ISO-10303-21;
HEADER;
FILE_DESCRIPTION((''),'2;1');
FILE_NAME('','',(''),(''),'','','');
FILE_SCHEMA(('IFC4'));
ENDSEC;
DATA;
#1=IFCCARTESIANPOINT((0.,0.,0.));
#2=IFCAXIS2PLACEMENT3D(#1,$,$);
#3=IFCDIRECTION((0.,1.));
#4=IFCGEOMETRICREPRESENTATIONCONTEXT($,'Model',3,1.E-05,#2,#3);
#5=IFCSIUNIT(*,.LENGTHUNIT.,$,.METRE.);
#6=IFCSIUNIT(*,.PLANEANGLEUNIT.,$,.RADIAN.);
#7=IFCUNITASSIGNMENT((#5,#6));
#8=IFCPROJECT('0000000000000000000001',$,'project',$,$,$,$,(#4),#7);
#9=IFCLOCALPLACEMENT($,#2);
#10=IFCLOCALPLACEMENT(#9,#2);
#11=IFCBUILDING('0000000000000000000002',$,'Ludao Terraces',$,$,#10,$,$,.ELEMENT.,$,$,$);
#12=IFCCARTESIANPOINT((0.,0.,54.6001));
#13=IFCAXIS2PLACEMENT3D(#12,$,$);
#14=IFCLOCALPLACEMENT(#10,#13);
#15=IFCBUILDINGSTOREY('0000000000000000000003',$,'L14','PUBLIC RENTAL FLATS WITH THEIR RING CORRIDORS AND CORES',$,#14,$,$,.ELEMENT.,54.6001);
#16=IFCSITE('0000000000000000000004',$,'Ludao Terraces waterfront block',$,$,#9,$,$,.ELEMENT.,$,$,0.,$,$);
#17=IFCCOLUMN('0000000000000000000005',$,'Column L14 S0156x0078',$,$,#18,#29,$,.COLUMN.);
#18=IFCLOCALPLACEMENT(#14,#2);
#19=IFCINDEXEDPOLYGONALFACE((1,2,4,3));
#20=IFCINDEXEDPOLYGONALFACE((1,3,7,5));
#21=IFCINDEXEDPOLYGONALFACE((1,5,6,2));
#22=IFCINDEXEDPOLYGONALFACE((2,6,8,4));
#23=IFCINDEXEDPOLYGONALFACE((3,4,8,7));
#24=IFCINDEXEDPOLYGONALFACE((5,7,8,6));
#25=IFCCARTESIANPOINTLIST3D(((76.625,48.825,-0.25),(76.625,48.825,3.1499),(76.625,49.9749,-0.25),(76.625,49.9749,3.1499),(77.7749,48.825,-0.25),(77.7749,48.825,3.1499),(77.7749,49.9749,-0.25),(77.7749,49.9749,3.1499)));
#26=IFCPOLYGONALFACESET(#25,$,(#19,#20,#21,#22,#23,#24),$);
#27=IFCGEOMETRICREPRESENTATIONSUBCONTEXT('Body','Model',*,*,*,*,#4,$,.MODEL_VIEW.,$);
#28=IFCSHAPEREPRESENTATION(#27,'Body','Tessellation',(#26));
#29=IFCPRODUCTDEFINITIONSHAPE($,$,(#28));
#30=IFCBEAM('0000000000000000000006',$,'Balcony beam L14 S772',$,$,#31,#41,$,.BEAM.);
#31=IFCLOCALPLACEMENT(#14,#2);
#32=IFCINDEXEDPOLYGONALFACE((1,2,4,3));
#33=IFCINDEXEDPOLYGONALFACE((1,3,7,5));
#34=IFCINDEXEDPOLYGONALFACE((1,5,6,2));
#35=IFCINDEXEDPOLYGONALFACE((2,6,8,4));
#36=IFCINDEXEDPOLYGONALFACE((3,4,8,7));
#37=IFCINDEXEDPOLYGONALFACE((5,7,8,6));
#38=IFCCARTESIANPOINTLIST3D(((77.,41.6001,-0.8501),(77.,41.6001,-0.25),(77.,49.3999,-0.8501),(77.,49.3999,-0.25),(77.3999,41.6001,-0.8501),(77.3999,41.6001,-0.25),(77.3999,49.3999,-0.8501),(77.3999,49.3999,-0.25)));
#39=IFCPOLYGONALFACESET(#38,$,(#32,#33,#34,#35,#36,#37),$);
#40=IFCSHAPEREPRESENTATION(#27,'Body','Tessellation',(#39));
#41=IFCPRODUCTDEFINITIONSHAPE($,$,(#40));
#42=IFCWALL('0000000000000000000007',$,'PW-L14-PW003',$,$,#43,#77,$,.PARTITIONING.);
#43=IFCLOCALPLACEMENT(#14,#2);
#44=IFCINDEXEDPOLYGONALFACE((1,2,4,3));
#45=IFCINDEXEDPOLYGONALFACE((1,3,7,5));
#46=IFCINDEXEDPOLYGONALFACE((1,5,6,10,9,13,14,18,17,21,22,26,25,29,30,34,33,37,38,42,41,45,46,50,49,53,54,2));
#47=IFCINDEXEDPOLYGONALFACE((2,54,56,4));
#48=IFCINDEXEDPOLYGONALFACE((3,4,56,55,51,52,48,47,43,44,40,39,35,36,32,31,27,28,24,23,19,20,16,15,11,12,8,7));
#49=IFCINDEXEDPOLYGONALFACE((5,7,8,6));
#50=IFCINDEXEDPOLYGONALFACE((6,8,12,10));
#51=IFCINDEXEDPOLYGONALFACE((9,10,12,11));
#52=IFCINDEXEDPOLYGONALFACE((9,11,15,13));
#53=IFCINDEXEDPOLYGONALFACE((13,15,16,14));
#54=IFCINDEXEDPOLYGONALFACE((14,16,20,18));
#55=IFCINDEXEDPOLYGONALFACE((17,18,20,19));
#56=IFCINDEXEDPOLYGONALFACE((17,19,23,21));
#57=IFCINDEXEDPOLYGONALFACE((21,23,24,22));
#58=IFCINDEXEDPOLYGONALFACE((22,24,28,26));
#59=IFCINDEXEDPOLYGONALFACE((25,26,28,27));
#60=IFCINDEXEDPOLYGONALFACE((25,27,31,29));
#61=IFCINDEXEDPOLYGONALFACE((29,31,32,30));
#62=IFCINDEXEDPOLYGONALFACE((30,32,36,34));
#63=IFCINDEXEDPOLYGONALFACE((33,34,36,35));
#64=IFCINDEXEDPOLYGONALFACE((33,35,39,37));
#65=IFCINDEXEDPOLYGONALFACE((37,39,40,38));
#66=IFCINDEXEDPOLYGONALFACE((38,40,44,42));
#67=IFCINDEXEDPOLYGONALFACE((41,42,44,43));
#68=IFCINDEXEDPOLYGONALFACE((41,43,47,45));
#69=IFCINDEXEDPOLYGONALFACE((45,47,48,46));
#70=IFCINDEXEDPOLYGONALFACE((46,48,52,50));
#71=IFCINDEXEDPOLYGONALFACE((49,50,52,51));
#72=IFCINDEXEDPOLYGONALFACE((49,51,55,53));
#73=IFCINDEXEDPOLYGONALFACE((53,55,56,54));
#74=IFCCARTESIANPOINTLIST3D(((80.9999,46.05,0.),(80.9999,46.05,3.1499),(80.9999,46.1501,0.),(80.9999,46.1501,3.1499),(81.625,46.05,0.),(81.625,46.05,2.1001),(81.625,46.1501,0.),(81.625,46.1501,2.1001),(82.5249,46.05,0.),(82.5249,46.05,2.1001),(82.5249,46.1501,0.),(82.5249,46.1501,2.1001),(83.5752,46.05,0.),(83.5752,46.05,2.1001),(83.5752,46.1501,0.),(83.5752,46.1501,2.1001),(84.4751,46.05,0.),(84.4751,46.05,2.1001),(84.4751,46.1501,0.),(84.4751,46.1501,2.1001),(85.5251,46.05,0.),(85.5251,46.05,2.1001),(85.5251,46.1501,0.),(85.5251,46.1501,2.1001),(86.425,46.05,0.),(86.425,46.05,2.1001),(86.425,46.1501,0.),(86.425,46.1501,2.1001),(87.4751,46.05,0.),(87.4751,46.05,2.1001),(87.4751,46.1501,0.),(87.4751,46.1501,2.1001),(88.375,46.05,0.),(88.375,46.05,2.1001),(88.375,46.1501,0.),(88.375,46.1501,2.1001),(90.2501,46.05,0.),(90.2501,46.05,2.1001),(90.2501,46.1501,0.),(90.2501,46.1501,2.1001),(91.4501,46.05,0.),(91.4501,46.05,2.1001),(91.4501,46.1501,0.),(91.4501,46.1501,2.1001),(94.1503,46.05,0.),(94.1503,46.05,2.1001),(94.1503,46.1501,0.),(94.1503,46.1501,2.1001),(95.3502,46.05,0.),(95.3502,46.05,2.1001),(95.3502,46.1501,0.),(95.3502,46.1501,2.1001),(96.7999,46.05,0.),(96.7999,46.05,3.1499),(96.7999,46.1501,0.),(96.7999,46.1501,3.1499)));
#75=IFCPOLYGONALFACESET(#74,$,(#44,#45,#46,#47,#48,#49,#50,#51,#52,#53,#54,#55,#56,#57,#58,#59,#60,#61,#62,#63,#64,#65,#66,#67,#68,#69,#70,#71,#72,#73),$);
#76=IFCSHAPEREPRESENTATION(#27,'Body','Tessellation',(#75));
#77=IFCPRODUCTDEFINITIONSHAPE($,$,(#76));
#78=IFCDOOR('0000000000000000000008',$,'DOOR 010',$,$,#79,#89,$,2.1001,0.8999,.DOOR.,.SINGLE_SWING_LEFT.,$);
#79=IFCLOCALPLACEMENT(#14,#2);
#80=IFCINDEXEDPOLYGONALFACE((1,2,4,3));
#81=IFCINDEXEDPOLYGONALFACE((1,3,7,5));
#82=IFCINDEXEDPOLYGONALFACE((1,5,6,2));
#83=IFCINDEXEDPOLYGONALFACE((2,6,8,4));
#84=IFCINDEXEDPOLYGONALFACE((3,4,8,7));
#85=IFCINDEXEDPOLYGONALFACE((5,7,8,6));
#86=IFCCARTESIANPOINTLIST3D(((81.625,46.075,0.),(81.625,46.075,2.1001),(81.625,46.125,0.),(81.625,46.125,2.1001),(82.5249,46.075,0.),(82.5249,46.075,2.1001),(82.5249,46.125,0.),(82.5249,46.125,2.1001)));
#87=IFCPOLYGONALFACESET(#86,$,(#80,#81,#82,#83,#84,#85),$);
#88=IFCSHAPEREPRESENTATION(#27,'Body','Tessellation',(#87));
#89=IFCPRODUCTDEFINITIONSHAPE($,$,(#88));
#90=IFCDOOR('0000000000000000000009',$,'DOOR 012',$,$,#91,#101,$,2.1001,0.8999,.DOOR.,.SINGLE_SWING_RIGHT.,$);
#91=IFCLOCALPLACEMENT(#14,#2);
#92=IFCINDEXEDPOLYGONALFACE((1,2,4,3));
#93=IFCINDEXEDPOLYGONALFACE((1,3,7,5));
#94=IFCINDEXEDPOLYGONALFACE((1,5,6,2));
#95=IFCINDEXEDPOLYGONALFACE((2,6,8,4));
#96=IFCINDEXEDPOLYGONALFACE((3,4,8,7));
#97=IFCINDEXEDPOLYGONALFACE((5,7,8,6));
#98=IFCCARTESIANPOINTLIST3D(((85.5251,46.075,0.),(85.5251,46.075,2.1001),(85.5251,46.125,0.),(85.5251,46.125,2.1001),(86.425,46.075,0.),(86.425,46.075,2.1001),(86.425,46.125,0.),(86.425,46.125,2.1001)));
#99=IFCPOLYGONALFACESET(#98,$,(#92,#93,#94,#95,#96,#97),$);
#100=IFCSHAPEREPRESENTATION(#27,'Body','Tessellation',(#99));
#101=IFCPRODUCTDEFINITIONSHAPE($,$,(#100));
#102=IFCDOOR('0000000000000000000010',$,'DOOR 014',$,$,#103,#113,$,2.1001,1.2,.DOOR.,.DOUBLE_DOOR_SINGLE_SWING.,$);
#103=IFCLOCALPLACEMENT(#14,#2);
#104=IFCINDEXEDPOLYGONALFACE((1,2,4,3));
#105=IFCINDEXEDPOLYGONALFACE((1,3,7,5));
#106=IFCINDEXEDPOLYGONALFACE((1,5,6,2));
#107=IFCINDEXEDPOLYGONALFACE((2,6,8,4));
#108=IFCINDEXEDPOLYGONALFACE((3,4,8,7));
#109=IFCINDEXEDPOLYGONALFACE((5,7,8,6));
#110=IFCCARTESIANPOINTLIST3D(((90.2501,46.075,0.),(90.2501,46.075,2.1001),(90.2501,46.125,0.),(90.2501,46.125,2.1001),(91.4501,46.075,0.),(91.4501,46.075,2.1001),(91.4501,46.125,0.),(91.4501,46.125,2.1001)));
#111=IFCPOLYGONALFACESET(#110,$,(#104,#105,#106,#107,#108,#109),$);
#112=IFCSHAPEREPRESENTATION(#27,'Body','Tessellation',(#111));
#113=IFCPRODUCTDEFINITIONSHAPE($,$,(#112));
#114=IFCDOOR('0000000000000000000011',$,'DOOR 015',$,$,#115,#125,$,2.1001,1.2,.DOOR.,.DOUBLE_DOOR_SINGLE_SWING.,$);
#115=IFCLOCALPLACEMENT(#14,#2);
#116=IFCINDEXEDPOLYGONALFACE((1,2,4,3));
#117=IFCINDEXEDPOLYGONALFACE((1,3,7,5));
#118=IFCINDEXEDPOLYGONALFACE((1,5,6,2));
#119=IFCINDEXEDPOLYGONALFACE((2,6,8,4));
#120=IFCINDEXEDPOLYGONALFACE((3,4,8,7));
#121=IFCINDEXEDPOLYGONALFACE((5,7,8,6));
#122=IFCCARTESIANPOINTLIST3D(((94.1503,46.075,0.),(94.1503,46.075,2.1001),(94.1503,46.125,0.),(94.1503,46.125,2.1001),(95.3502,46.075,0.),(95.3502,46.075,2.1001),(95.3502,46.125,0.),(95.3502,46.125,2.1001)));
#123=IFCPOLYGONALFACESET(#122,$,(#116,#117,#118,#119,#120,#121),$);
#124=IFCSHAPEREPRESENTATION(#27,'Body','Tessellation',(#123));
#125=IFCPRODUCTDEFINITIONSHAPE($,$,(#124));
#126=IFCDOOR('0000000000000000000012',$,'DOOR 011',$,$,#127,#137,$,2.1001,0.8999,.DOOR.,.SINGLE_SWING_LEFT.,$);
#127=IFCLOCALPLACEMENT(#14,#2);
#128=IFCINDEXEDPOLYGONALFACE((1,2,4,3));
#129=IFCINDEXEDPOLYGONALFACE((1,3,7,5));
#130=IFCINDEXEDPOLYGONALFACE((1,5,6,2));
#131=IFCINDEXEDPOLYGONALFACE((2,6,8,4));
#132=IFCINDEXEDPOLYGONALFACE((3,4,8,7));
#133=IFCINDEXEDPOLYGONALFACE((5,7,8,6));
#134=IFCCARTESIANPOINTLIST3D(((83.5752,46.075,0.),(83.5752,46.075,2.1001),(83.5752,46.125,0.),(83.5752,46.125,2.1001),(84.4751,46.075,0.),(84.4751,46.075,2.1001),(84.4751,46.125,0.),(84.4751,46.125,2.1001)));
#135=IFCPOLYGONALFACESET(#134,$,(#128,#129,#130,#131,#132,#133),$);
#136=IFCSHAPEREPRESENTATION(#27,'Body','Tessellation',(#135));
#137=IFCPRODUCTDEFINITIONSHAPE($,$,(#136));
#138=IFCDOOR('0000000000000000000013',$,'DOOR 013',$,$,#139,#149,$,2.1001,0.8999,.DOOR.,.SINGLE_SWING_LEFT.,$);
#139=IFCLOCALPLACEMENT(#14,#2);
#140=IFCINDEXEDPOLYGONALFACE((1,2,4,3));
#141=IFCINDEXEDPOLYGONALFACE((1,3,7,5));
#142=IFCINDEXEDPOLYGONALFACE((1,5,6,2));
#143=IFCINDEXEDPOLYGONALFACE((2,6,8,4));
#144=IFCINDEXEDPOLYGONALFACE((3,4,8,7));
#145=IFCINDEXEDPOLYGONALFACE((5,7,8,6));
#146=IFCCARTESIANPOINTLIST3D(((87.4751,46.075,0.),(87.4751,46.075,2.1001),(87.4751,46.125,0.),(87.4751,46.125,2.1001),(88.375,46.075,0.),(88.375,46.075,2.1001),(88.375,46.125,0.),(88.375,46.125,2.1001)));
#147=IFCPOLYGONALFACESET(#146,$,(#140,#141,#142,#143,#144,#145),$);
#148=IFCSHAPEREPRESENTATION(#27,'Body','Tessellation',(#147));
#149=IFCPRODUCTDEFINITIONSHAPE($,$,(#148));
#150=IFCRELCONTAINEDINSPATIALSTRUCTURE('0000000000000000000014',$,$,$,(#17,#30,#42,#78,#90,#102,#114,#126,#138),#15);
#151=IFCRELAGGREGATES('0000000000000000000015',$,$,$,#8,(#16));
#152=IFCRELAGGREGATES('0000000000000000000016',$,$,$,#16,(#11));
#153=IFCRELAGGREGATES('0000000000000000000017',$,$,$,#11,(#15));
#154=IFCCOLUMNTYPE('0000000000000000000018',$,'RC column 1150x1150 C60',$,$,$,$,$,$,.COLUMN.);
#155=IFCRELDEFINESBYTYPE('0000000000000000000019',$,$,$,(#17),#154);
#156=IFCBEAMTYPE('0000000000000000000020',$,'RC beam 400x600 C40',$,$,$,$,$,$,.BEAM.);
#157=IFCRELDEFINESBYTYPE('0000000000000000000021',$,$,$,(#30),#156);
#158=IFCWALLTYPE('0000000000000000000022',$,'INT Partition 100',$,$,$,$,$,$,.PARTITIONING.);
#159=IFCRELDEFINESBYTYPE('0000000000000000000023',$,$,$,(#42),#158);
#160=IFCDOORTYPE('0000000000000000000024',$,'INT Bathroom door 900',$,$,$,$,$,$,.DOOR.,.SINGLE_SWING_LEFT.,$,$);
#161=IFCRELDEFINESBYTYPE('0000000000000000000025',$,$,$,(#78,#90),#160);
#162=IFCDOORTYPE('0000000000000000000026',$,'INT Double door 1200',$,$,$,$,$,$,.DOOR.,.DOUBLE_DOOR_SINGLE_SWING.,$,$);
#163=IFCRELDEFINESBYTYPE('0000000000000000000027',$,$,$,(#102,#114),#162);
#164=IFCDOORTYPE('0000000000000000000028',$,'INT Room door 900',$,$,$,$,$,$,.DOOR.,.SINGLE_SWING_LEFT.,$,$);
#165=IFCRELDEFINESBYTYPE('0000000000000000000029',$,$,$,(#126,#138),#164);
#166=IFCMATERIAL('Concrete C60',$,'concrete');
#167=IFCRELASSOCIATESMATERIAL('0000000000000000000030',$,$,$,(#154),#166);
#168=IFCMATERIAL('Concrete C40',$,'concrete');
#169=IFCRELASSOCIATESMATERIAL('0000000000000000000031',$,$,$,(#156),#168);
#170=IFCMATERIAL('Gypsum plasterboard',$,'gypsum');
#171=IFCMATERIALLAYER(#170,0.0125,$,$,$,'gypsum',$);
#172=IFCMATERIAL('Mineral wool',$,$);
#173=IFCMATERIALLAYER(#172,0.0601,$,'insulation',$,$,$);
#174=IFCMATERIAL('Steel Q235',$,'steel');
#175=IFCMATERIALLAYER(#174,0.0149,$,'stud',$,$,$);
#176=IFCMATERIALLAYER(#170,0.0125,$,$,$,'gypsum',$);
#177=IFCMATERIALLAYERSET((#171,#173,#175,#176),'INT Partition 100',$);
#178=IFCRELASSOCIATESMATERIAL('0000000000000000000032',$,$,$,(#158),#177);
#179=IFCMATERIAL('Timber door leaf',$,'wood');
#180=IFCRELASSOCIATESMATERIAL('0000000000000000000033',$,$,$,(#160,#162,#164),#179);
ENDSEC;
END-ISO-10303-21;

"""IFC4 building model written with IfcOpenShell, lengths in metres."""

from ifc_helpers import new_model, si_unit, direction, frame, frame_2d, origin, origin_2d, place, context, subcontext, project, spatial, rectangle, extrude, material, layer, layer_set, material_profile, profile_set, type_object, element, fill, save


model = new_model("IFC4")

# Units and contexts
model_context = context("Model", 3, precision=1e-05, world=origin(), true_north=direction((0.0, 1.0)))
body_context = subcontext(model_context, "Body", "Model", "MODEL_VIEW")
ifc_project = project(units=[si_unit("LENGTHUNIT", "METRE"), si_unit("PLANEANGLEUNIT", "RADIAN")], contexts=[model_context])

# Site, building, storey
site_placement = place(None, origin())
site = spatial("IfcSite", under=ifc_project, at=site_placement, Name="Ludao Terraces waterfront block", CompositionType="ELEMENT", RefElevation=0.0)
building_placement = place(site_placement, origin())
building = spatial("IfcBuilding", under=site, at=building_placement, Name="Ludao Terraces", CompositionType="ELEMENT")
storey_placement = place(building_placement, frame((0.0, 0.0, 54.6001)))
storey = spatial("IfcBuildingStorey", under=building, at=storey_placement, Name="L14", Description="PUBLIC RENTAL FLATS WITH THEIR RING CORRIDORS AND CORES", CompositionType="ELEMENT", Elevation=54.6001)

# Column
ifc_material_1 = material(Name="Concrete C60", Category="concrete")
ifc_material_profile_1 = material_profile(ifc_material_1, rectangle(XDim=1.1499, YDim=1.1499, at=origin_2d()), Name="1150 X 1150")
ifc_profile_set_1 = profile_set([ifc_material_profile_1], Name="Concrete C60")
column_type = type_object("IfcColumnType", Name="RC column 1150x1150 C60", PredefinedType="COLUMN", material=ifc_profile_set_1)
column_placement = place(storey_placement, frame((77.2, 49.3999, -0.25), z_axis=(0.0, 0.0, 1.0), x_axis=(1.0, 0.0, 0.0)))
element("IfcColumn", 1, at=column_placement, inside=storey, type_object=column_type, Name="Column L14 S0156x0078", PredefinedType="COLUMN", context=body_context, shape_type="SweptSolid", body=[
    extrude(rectangle(XDim=1.1499, YDim=1.1499, at=origin_2d()), origin(), (0.0, 0.0, 1.0), 3.3999),
])

# Beam
ifc_material_2 = material(Name="Concrete C40", Category="concrete")
ifc_material_profile_2 = material_profile(ifc_material_2, rectangle(XDim=0.3999, YDim=0.6001, at=origin_2d()), Name="400 X 600")
ifc_profile_set_2 = profile_set([ifc_material_profile_2], Name="Concrete C40")
beam_type = type_object("IfcBeamType", Name="RC beam 400x600 C40", PredefinedType="BEAM", material=ifc_profile_set_2)
beam_placement = place(storey_placement, frame((77.2, 49.3999, -0.55), z_axis=(0.0, -1.0, 0.0), x_axis=(1.0, 0.0, 0.0)))
element("IfcBeam", 2, at=beam_placement, inside=storey, type_object=beam_type, Name="Balcony beam L14 S772", PredefinedType="BEAM", context=body_context, shape_type="SweptSolid", body=[
    extrude(rectangle(XDim=0.3999, YDim=0.6001, at=origin_2d()), origin(), (0.0, 0.0, 1.0), 7.7998),
])

# Wall, openings, doors
ifc_material_3 = material(Name="Gypsum plasterboard", Category="gypsum")
ifc_layer_1 = layer(ifc_material_3, 0.0125, Category="gypsum")
ifc_material_4 = material(Name="Mineral wool")
ifc_layer_2 = layer(ifc_material_4, 0.0601, Name="insulation")
ifc_material_5 = material(Name="Steel Q235", Category="steel")
ifc_layer_3 = layer(ifc_material_5, 0.0149, Name="stud")
ifc_layer_4 = layer(ifc_material_3, 0.0125, Category="gypsum")
ifc_layer_set = layer_set([ifc_layer_1, ifc_layer_2, ifc_layer_3, ifc_layer_4], Name="INT Partition 100")
wall_type = type_object("IfcWallType", Name="INT Partition 100", PredefinedType="PARTITIONING", material=ifc_layer_set)
wall_placement = place(storey_placement, frame((81.0, 46.1001, 0.0), z_axis=(0.0, 0.0, 1.0), x_axis=(1.0, 0.0, 0.0)))
wall = element("IfcWall", 3, at=wall_placement, inside=storey, type_object=wall_type, Name="PW-L14-PW003", PredefinedType="PARTITIONING", context=body_context, shape_type="SweptSolid", body=[
    extrude(rectangle(XDim=15.8, YDim=0.1001, at=frame_2d((7.8999, 0.0))), origin(), (0.0, 0.0, 1.0), 3.1499),
])
opening_1_placement = place(wall_placement, frame((0.625, 0.0, 0.0)))
opening_1 = element("IfcOpeningElement", 4, at=opening_1_placement, cuts=wall, PredefinedType="OPENING", context=body_context, shape_type="SweptSolid", body=[
    extrude(rectangle(XDim=0.8999, YDim=2.1001, at=frame_2d((0.45, 1.05))), frame((0.0, 0.0601, 0.0), z_axis=(0.0, -1.0, 0.0), x_axis=(1.0, 0.0, 0.0)), (0.0, 0.0, 1.0), 0.1201),
])
opening_2_placement = place(wall_placement, frame((2.5752, 0.0, 0.0)))
opening_2 = element("IfcOpeningElement", 5, at=opening_2_placement, cuts=wall, PredefinedType="OPENING", context=body_context, shape_type="SweptSolid", body=[
    extrude(rectangle(XDim=0.8999, YDim=2.1001, at=frame_2d((0.45, 1.05))), frame((0.0, 0.0601, 0.0), z_axis=(0.0, -1.0, 0.0), x_axis=(1.0, 0.0, 0.0)), (0.0, 0.0, 1.0), 0.1201),
])
opening_3_placement = place(wall_placement, frame((4.5251, 0.0, 0.0)))
opening_3 = element("IfcOpeningElement", 6, at=opening_3_placement, cuts=wall, PredefinedType="OPENING", context=body_context, shape_type="SweptSolid", body=[
    extrude(rectangle(XDim=0.8999, YDim=2.1001, at=frame_2d((0.45, 1.05))), frame((0.0, 0.0601, 0.0), z_axis=(0.0, -1.0, 0.0), x_axis=(1.0, 0.0, 0.0)), (0.0, 0.0, 1.0), 0.1201),
])
opening_4_placement = place(wall_placement, frame((6.4751, 0.0, 0.0)))
opening_4 = element("IfcOpeningElement", 7, at=opening_4_placement, cuts=wall, PredefinedType="OPENING", context=body_context, shape_type="SweptSolid", body=[
    extrude(rectangle(XDim=0.8999, YDim=2.1001, at=frame_2d((0.45, 1.05))), frame((0.0, 0.0601, 0.0), z_axis=(0.0, -1.0, 0.0), x_axis=(1.0, 0.0, 0.0)), (0.0, 0.0, 1.0), 0.1201),
])
opening_5_placement = place(wall_placement, frame((9.25, 0.0, 0.0)))
opening_5 = element("IfcOpeningElement", 8, at=opening_5_placement, cuts=wall, PredefinedType="OPENING", context=body_context, shape_type="SweptSolid", body=[
    extrude(rectangle(XDim=1.2, YDim=2.1001, at=frame_2d((0.6001, 1.05))), frame((0.0, 0.0601, 0.0), z_axis=(0.0, -1.0, 0.0), x_axis=(1.0, 0.0, 0.0)), (0.0, 0.0, 1.0), 0.1201),
])
opening_6_placement = place(wall_placement, frame((13.1501, 0.0, 0.0)))
opening_6 = element("IfcOpeningElement", 9, at=opening_6_placement, cuts=wall, PredefinedType="OPENING", context=body_context, shape_type="SweptSolid", body=[
    extrude(rectangle(XDim=1.2, YDim=2.1001, at=frame_2d((0.6001, 1.05))), frame((0.0, 0.0601, 0.0), z_axis=(0.0, -1.0, 0.0), x_axis=(1.0, 0.0, 0.0)), (0.0, 0.0, 1.0), 0.1201),
])
ifc_material_6 = material(Name="Timber door leaf", Category="wood")
door_type_1 = type_object("IfcDoorType", Name="INT Bathroom door 900", OperationType="SINGLE_SWING_LEFT", PredefinedType="DOOR", material=ifc_material_6)
door_1_placement = place(opening_1_placement, origin())
door_1 = element("IfcDoor", 10, at=door_1_placement, inside=storey, type_object=door_type_1, Name="DOOR 010", OperationType="SINGLE_SWING_LEFT", OverallHeight=2.1001, OverallWidth=0.8999, PredefinedType="DOOR", context=body_context, shape_type="SweptSolid", body=[
    extrude(rectangle(XDim=0.8999, YDim=2.1001, at=frame_2d((0.45, 1.05))), frame((0.0, 0.0249, 0.0), z_axis=(0.0, -1.0, 0.0), x_axis=(1.0, 0.0, 0.0)), (0.0, 0.0, 1.0), 0.05),
])
fill(opening_1, door_1)
door_2_placement = place(opening_3_placement, origin())
door_2 = element("IfcDoor", 11, at=door_2_placement, inside=storey, type_object=door_type_1, Name="DOOR 012", OperationType="SINGLE_SWING_RIGHT", OverallHeight=2.1001, OverallWidth=0.8999, PredefinedType="DOOR", context=body_context, shape_type="SweptSolid", body=[
    extrude(rectangle(XDim=0.8999, YDim=2.1001, at=frame_2d((0.45, 1.05))), frame((0.0, 0.0249, 0.0), z_axis=(0.0, -1.0, 0.0), x_axis=(1.0, 0.0, 0.0)), (0.0, 0.0, 1.0), 0.05),
])
fill(opening_3, door_2)
door_type_2 = type_object("IfcDoorType", Name="INT Double door 1200", OperationType="DOUBLE_DOOR_SINGLE_SWING", PredefinedType="DOOR", material=ifc_material_6)
door_3_placement = place(opening_5_placement, origin())
door_3 = element("IfcDoor", 12, at=door_3_placement, inside=storey, type_object=door_type_2, Name="DOOR 014", OperationType="DOUBLE_DOOR_SINGLE_SWING", OverallHeight=2.1001, OverallWidth=1.2, PredefinedType="DOOR", context=body_context, shape_type="SweptSolid", body=[
    extrude(rectangle(XDim=1.2, YDim=2.1001, at=frame_2d((0.6001, 1.05))), frame((0.0, 0.0249, 0.0), z_axis=(0.0, -1.0, 0.0), x_axis=(1.0, 0.0, 0.0)), (0.0, 0.0, 1.0), 0.05),
])
fill(opening_5, door_3)
door_4_placement = place(opening_6_placement, origin())
door_4 = element("IfcDoor", 13, at=door_4_placement, inside=storey, type_object=door_type_2, Name="DOOR 015", OperationType="DOUBLE_DOOR_SINGLE_SWING", OverallHeight=2.1001, OverallWidth=1.2, PredefinedType="DOOR", context=body_context, shape_type="SweptSolid", body=[
    extrude(rectangle(XDim=1.2, YDim=2.1001, at=frame_2d((0.6001, 1.05))), frame((0.0, 0.0249, 0.0), z_axis=(0.0, -1.0, 0.0), x_axis=(1.0, 0.0, 0.0)), (0.0, 0.0, 1.0), 0.05),
])
fill(opening_6, door_4)
door_type_3 = type_object("IfcDoorType", Name="INT Room door 900", OperationType="SINGLE_SWING_LEFT", PredefinedType="DOOR", material=ifc_material_6)
door_5_placement = place(opening_2_placement, origin())
door_5 = element("IfcDoor", 14, at=door_5_placement, inside=storey, type_object=door_type_3, Name="DOOR 011", OperationType="SINGLE_SWING_LEFT", OverallHeight=2.1001, OverallWidth=0.8999, PredefinedType="DOOR", context=body_context, shape_type="SweptSolid", body=[
    extrude(rectangle(XDim=0.8999, YDim=2.1001, at=frame_2d((0.45, 1.05))), frame((0.0, 0.0249, 0.0), z_axis=(0.0, -1.0, 0.0), x_axis=(1.0, 0.0, 0.0)), (0.0, 0.0, 1.0), 0.05),
])
fill(opening_2, door_5)
door_6_placement = place(opening_4_placement, origin())
door_6 = element("IfcDoor", 15, at=door_6_placement, inside=storey, type_object=door_type_3, Name="DOOR 013", OperationType="SINGLE_SWING_LEFT", OverallHeight=2.1001, OverallWidth=0.8999, PredefinedType="DOOR", context=body_context, shape_type="SweptSolid", body=[
    extrude(rectangle(XDim=0.8999, YDim=2.1001, at=frame_2d((0.45, 1.05))), frame((0.0, 0.0249, 0.0), z_axis=(0.0, -1.0, 0.0), x_axis=(1.0, 0.0, 0.0)), (0.0, 0.0, 1.0), 0.05),
])
fill(opening_4, door_6)

save(model, "model.ifc")
